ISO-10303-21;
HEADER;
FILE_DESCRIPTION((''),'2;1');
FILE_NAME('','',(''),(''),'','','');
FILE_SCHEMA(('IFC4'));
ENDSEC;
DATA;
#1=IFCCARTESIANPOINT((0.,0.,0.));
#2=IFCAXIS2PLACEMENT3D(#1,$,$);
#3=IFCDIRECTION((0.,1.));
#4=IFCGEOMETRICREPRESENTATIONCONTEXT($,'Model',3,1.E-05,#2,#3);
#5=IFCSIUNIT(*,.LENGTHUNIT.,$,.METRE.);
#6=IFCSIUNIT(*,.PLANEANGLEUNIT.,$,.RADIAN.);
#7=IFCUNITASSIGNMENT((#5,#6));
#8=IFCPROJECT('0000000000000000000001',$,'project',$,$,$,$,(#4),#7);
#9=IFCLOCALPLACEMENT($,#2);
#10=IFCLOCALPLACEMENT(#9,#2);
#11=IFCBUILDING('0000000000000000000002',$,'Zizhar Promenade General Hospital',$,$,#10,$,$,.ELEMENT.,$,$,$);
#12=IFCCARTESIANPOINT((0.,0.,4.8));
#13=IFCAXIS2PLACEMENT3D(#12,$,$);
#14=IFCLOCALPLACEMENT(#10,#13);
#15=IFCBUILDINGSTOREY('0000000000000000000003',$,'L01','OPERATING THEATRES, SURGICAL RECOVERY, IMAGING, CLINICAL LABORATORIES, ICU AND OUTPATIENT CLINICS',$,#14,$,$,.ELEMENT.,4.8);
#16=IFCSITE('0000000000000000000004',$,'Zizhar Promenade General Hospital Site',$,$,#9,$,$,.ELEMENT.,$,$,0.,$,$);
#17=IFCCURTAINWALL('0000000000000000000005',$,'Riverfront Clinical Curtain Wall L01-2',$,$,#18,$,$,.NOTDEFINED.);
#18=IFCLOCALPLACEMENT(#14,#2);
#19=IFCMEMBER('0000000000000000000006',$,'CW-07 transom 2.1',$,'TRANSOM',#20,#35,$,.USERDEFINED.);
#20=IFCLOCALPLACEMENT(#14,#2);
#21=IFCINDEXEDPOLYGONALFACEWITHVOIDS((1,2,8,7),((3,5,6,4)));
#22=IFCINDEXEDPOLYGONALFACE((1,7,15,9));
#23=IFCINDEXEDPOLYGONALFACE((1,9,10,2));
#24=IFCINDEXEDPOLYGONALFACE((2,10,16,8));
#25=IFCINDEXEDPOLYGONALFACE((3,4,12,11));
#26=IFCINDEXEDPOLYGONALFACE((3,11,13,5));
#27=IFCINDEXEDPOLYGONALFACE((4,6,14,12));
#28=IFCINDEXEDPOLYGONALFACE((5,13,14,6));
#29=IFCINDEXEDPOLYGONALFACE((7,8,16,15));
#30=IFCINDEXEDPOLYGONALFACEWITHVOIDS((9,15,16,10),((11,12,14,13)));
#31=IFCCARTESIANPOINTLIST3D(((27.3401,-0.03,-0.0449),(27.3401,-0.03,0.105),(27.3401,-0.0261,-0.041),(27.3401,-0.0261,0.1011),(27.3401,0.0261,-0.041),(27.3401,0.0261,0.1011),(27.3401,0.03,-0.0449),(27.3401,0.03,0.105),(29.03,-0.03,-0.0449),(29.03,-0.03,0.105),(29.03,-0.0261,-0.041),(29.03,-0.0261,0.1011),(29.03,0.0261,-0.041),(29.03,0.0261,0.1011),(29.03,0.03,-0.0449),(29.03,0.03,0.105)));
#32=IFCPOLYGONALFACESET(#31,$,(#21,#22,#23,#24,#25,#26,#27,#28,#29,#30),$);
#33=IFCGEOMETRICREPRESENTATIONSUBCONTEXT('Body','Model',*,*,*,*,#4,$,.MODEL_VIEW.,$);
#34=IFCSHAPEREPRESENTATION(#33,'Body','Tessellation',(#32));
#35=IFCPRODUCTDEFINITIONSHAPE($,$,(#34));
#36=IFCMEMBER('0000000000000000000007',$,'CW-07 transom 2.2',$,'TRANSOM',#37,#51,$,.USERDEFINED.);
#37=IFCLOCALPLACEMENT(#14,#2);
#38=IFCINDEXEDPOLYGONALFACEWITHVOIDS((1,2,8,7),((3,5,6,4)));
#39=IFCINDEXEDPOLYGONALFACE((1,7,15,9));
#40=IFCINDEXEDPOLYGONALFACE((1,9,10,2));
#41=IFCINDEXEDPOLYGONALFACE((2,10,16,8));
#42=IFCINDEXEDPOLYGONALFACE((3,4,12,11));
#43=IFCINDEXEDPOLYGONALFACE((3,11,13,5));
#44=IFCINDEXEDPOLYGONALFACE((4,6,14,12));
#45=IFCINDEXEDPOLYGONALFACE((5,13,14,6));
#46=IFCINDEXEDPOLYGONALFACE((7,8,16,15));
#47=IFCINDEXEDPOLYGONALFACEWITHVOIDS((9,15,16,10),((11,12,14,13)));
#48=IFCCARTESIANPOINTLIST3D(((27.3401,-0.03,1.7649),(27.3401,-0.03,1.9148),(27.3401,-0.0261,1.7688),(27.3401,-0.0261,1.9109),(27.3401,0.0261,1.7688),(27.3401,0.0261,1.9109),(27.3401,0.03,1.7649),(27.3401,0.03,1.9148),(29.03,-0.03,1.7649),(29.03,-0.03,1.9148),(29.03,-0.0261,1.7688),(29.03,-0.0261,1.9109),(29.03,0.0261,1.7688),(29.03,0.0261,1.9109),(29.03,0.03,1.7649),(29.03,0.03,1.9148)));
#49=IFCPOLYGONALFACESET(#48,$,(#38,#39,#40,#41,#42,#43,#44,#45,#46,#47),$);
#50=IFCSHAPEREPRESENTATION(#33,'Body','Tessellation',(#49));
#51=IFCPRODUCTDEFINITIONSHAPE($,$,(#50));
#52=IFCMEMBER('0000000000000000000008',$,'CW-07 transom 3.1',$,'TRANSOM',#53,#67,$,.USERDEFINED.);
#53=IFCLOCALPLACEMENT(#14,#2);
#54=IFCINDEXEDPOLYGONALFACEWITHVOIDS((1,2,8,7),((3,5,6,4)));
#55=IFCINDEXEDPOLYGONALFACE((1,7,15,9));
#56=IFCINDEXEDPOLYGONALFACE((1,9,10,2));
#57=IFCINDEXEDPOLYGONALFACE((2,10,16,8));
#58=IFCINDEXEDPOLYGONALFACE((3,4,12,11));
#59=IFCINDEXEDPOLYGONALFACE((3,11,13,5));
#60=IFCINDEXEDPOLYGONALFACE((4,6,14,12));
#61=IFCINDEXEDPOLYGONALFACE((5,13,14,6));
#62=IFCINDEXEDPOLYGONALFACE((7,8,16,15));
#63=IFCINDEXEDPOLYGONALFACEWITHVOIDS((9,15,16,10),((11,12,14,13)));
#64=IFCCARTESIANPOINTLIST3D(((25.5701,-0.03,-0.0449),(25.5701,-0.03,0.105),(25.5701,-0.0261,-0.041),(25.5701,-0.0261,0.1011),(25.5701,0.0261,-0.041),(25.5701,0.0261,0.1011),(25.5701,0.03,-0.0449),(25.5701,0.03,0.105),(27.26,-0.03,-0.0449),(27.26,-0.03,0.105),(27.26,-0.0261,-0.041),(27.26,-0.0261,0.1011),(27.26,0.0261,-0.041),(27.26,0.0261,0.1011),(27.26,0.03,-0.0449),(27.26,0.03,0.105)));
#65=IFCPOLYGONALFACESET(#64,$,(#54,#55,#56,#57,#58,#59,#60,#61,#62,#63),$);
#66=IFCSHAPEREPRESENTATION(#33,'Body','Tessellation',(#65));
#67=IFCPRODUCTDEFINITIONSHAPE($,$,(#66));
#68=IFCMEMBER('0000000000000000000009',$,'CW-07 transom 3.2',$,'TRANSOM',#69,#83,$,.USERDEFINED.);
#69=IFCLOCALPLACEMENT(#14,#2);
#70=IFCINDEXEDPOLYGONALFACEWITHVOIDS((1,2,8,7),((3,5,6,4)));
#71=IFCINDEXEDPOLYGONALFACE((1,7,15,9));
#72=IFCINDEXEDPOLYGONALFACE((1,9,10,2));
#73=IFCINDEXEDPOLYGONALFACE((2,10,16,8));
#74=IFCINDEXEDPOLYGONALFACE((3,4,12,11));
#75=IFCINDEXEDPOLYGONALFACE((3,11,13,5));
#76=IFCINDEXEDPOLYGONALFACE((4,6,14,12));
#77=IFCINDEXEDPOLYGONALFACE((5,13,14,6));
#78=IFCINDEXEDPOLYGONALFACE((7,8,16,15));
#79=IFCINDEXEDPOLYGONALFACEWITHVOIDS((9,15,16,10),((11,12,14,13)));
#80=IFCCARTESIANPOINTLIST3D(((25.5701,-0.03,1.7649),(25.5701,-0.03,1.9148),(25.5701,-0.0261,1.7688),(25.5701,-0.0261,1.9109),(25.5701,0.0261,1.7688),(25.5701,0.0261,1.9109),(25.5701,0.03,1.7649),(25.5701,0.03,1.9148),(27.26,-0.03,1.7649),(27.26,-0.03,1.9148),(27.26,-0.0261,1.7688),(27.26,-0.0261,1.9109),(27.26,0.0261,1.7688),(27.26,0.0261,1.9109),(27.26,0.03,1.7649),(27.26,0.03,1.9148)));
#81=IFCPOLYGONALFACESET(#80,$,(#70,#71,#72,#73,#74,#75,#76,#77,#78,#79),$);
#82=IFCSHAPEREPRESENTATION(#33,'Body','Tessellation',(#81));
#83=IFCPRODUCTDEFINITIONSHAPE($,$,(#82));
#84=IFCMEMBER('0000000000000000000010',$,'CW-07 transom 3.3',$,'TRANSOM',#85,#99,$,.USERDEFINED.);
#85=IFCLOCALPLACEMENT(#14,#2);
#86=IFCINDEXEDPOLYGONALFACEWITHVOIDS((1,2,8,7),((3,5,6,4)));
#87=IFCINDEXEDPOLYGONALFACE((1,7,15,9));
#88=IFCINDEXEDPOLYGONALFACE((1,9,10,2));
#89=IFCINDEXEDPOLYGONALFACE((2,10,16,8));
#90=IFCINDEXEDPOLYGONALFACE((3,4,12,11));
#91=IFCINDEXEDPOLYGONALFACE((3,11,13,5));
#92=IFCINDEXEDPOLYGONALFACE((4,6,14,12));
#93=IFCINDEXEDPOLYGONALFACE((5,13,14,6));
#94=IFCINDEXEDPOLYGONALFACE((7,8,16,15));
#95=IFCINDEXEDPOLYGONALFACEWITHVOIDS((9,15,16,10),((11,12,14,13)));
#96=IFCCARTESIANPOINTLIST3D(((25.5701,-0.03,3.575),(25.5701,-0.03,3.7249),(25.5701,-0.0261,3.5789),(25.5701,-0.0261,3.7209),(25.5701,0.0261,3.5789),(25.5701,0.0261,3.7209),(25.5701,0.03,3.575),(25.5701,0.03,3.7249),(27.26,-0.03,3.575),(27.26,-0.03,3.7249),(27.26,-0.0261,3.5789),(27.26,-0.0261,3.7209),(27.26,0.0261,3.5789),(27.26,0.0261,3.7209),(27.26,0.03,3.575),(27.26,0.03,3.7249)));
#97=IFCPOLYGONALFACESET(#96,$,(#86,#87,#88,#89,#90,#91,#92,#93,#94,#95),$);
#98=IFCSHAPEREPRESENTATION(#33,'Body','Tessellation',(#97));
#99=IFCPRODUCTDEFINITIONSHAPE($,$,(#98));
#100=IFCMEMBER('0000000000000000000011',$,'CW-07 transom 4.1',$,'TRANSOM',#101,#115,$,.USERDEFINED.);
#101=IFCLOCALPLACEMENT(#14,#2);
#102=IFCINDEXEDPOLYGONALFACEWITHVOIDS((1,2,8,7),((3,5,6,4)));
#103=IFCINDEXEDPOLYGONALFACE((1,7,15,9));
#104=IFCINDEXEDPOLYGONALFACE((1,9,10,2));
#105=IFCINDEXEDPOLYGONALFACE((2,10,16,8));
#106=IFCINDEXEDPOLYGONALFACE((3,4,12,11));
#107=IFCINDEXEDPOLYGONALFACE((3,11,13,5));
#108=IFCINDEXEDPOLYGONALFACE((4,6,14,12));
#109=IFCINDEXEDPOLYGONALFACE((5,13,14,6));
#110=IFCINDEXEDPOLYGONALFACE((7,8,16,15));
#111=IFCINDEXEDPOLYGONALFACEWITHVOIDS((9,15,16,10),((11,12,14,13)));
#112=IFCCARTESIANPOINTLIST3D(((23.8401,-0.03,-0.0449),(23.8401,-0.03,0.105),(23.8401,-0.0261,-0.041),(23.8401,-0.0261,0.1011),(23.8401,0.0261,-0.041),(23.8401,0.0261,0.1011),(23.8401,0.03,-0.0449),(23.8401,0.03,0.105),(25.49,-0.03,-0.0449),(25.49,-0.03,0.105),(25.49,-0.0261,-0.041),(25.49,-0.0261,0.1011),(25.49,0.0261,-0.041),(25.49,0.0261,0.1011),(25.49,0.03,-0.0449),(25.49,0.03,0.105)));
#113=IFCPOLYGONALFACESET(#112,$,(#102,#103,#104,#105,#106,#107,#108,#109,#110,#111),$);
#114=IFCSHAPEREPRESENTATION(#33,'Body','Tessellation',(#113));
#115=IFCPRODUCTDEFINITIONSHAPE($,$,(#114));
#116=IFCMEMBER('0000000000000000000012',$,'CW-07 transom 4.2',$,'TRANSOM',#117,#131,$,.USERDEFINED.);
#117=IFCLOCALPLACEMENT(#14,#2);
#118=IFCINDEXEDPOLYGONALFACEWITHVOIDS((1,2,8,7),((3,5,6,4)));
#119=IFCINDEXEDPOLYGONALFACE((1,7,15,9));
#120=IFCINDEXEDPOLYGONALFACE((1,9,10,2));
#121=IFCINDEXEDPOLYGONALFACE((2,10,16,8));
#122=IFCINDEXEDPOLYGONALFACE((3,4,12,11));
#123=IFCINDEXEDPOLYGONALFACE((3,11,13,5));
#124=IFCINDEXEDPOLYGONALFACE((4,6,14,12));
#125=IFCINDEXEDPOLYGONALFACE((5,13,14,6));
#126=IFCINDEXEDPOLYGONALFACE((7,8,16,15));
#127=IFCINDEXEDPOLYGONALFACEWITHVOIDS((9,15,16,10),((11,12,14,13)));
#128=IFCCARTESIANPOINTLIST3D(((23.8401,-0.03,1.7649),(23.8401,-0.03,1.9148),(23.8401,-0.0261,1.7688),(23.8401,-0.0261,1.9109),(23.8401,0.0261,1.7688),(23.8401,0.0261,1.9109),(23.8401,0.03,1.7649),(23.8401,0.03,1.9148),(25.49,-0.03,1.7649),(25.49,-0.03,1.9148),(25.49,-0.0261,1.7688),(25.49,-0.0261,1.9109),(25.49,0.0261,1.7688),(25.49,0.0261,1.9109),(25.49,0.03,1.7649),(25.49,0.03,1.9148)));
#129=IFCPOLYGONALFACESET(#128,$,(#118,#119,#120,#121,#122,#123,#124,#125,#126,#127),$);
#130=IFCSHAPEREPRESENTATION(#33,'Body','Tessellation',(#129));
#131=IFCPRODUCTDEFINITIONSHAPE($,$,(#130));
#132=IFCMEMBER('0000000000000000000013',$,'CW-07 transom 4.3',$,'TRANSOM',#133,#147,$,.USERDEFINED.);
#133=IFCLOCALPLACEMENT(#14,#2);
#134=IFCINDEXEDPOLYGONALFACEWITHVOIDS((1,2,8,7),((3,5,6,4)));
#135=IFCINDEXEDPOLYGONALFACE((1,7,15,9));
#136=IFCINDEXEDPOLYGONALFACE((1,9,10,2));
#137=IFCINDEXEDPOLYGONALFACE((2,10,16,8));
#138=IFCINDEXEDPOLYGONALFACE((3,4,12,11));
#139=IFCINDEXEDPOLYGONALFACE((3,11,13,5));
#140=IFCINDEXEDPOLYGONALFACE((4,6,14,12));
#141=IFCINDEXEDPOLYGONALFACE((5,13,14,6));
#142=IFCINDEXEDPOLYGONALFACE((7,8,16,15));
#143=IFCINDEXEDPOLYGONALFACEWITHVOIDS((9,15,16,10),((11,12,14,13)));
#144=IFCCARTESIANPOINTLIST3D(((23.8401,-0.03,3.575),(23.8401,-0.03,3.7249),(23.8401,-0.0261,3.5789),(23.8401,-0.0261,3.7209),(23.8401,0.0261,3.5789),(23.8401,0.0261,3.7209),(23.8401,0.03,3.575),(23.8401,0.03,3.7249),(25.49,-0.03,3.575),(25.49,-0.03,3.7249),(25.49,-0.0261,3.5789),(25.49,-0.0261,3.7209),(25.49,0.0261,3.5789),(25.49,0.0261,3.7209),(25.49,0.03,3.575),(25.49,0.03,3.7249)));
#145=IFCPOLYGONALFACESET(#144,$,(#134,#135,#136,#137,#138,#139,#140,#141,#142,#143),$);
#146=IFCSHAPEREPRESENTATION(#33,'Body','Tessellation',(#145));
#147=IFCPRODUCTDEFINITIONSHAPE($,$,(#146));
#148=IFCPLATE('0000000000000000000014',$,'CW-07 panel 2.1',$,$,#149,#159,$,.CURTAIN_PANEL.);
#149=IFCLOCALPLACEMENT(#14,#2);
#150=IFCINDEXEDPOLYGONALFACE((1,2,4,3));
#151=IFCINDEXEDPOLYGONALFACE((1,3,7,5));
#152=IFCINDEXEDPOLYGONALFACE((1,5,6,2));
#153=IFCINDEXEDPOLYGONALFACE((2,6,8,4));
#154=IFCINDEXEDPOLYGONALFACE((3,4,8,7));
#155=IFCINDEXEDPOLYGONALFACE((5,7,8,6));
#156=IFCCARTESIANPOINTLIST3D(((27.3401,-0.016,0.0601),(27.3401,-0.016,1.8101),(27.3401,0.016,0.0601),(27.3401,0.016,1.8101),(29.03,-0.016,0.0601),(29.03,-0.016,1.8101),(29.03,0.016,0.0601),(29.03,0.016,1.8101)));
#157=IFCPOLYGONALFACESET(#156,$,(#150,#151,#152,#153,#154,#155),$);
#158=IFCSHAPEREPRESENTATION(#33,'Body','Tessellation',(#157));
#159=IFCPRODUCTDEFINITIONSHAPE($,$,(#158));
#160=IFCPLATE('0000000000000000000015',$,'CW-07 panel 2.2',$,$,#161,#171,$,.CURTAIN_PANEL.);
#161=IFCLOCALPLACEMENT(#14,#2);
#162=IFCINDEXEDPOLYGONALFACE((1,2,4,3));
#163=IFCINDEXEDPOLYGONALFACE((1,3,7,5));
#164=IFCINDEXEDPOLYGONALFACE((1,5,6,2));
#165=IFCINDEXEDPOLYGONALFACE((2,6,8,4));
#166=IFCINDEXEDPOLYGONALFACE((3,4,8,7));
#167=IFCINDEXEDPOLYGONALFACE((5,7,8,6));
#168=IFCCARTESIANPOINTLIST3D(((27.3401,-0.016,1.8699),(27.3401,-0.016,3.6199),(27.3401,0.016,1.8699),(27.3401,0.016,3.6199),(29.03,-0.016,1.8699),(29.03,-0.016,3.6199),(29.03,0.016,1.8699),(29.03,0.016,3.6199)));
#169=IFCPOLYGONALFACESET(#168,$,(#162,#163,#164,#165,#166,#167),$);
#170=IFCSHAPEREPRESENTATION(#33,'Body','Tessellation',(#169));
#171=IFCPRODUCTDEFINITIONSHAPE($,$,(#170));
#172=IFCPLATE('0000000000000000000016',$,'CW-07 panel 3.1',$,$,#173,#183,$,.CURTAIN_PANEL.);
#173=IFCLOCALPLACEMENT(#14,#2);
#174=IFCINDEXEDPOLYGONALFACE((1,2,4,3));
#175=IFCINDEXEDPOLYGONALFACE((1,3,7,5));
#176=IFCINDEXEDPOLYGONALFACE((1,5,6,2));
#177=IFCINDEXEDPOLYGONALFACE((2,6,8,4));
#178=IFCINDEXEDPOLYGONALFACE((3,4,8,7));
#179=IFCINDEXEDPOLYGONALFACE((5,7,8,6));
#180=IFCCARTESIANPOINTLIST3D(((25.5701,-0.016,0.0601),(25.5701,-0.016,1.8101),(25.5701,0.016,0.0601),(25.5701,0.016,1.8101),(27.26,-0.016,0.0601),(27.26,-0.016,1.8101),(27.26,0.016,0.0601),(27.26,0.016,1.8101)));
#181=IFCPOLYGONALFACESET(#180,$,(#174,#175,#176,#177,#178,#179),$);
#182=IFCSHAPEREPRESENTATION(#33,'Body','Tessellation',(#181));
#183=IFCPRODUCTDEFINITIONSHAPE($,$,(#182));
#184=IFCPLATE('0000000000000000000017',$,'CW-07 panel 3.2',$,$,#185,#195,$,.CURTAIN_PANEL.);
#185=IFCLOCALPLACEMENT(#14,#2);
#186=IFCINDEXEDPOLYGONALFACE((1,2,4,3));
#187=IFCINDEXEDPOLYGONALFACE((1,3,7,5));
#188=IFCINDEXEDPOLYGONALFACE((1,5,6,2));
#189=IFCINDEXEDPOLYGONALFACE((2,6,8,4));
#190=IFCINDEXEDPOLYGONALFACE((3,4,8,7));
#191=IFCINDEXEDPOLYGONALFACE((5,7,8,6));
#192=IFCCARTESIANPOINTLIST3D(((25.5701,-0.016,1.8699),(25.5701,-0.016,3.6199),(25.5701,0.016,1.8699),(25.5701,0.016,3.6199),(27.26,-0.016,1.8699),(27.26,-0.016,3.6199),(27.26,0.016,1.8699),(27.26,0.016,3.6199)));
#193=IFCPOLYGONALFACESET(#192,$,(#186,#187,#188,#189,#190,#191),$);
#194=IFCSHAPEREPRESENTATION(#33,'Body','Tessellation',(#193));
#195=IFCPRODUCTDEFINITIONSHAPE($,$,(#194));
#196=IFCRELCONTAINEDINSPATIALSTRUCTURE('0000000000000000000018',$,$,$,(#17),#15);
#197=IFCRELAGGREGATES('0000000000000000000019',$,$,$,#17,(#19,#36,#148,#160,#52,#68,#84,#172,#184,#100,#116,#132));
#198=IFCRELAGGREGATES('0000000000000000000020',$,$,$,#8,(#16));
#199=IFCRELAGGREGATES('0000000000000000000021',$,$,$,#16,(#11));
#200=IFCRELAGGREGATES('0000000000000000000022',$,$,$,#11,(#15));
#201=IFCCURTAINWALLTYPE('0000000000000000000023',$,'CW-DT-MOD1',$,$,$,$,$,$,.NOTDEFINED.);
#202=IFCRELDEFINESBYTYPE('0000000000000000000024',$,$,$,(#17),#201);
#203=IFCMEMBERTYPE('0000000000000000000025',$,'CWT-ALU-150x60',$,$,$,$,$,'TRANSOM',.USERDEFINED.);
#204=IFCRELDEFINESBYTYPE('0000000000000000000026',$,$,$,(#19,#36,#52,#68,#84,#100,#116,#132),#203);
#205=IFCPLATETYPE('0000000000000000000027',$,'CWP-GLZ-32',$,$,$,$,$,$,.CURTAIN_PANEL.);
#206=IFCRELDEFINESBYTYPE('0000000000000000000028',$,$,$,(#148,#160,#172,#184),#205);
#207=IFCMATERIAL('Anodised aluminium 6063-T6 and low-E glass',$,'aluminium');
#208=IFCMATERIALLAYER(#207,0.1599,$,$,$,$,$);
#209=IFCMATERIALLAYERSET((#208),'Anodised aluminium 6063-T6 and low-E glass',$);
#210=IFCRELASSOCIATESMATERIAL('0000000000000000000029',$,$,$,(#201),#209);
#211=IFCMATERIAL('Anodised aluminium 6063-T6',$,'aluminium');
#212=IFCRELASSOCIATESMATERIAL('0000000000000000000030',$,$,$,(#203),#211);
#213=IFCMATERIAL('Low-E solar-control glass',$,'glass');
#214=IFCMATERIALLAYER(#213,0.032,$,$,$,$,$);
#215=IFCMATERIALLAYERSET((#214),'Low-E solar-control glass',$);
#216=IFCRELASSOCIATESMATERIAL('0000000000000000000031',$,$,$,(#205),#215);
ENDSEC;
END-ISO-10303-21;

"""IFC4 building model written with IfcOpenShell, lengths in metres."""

from ifc_helpers import new_model, si_unit, direction, frame, origin, origin_2d, place, context, subcontext, project, spatial, rectangle, hollow_rectangle, extrude, material, layer, layer_set, material_profile, profile_set, type_object, element, aggregate, save


model = new_model("IFC4")

# Units and contexts
model_context = context("Model", 3, precision=1e-05, world=origin(), true_north=direction((0.0, 1.0)))
body_context = subcontext(model_context, "Body", "Model", "MODEL_VIEW")
ifc_project = project(units=[si_unit("LENGTHUNIT", "METRE"), si_unit("PLANEANGLEUNIT", "RADIAN")], contexts=[model_context])

# Site, building, storey
site_placement = place(None, origin())
site = spatial("IfcSite", under=ifc_project, at=site_placement, Name="Zizhar Promenade General Hospital Site", CompositionType="ELEMENT", RefElevation=0.0)
building_placement = place(site_placement, origin())
building = spatial("IfcBuilding", under=site, at=building_placement, Name="Zizhar Promenade General Hospital", CompositionType="ELEMENT")
storey_placement = place(building_placement, frame((0.0, 0.0, 4.8)))
storey = spatial("IfcBuildingStorey", under=building, at=storey_placement, Name="L01", Description="OPERATING THEATRES, SURGICAL RECOVERY, IMAGING, CLINICAL LABORATORIES, ICU AND OUTPATIENT CLINICS", CompositionType="ELEMENT", Elevation=4.8)

# Curtain wall, members, plates
ifc_material_1 = material(Name="Anodised aluminium 6063-T6 and low-E glass", Category="aluminium")
ifc_layer_1 = layer(ifc_material_1, 0.1599)
ifc_layer_set_1 = layer_set([ifc_layer_1], Name="Anodised aluminium 6063-T6 and low-E glass")
curtain_wall_type = type_object("IfcCurtainWallType", Name="CW-DT-MOD1", PredefinedType="NOTDEFINED", material=ifc_layer_set_1)
curtain_wall_placement = place(storey_placement, origin())
curtain_wall = element("IfcCurtainWall", 1, at=curtain_wall_placement, inside=storey, type_object=curtain_wall_type, Name="Riverfront Clinical Curtain Wall L01-2", PredefinedType="NOTDEFINED")
ifc_material_2 = material(Name="Anodised aluminium 6063-T6", Category="aluminium")
ifc_material_profile_1 = material_profile(ifc_material_2, hollow_rectangle(XDim=0.0601, YDim=0.1499, WallThickness=0.0039, at=origin_2d()))
ifc_profile_set_1 = profile_set([ifc_material_profile_1], Name="Anodised aluminium 6063-T6")
member_type_1 = type_object("IfcMemberType", Name="CWT-ALU-150x60", ElementType="TRANSOM", PredefinedType="USERDEFINED", material=ifc_profile_set_1)
member_1_placement = place(storey_placement, frame((29.03, 0.0, 0.03), z_axis=(-1.0, 0.0, 0.0), x_axis=(0.0, -1.0, 0.0)))
member_1 = element("IfcMember", 2, at=member_1_placement, type_object=member_type_1, Name="CW-07 transom 2.1", ObjectType="TRANSOM", PredefinedType="USERDEFINED", context=body_context, shape_type="SweptSolid", body=[
    extrude(hollow_rectangle(XDim=0.0601, YDim=0.1499, WallThickness=0.0039, at=origin_2d()), origin(), (0.0, 0.0, 1.0), 1.6899),
])
member_2_placement = place(storey_placement, frame((29.03, 0.0, 1.8398), z_axis=(-1.0, 0.0, 0.0), x_axis=(0.0, -1.0, 0.0)))
member_2 = element("IfcMember", 3, at=member_2_placement, type_object=member_type_1, Name="CW-07 transom 2.2", ObjectType="TRANSOM", PredefinedType="USERDEFINED", context=body_context, shape_type="SweptSolid", body=[
    extrude(hollow_rectangle(XDim=0.0601, YDim=0.1499, WallThickness=0.0039, at=origin_2d()), origin(), (0.0, 0.0, 1.0), 1.6899),
])
member_3_placement = place(storey_placement, frame((27.26, 0.0, 0.03), z_axis=(-1.0, 0.0, 0.0), x_axis=(0.0, -1.0, 0.0)))
member_3 = element("IfcMember", 4, at=member_3_placement, type_object=member_type_1, Name="CW-07 transom 3.1", ObjectType="TRANSOM", PredefinedType="USERDEFINED", context=body_context, shape_type="SweptSolid", body=[
    extrude(hollow_rectangle(XDim=0.0601, YDim=0.1499, WallThickness=0.0039, at=origin_2d()), origin(), (0.0, 0.0, 1.0), 1.6899),
])
member_4_placement = place(storey_placement, frame((27.26, 0.0, 1.8398), z_axis=(-1.0, 0.0, 0.0), x_axis=(0.0, -1.0, 0.0)))
member_4 = element("IfcMember", 5, at=member_4_placement, type_object=member_type_1, Name="CW-07 transom 3.2", ObjectType="TRANSOM", PredefinedType="USERDEFINED", context=body_context, shape_type="SweptSolid", body=[
    extrude(hollow_rectangle(XDim=0.0601, YDim=0.1499, WallThickness=0.0039, at=origin_2d()), origin(), (0.0, 0.0, 1.0), 1.6899),
])
member_5_placement = place(storey_placement, frame((27.26, 0.0, 3.6499), z_axis=(-1.0, 0.0, 0.0), x_axis=(0.0, -1.0, 0.0)))
member_5 = element("IfcMember", 6, at=member_5_placement, type_object=member_type_1, Name="CW-07 transom 3.3", ObjectType="TRANSOM", PredefinedType="USERDEFINED", context=body_context, shape_type="SweptSolid", body=[
    extrude(hollow_rectangle(XDim=0.0601, YDim=0.1499, WallThickness=0.0039, at=origin_2d()), origin(), (0.0, 0.0, 1.0), 1.6899),
])
member_6_placement = place(storey_placement, frame((25.49, 0.0, 0.03), z_axis=(-1.0, 0.0, 0.0), x_axis=(0.0, -1.0, 0.0)))
member_6 = element("IfcMember", 7, at=member_6_placement, type_object=member_type_1, Name="CW-07 transom 4.1", ObjectType="TRANSOM", PredefinedType="USERDEFINED", context=body_context, shape_type="SweptSolid", body=[
    extrude(hollow_rectangle(XDim=0.0601, YDim=0.1499, WallThickness=0.0039, at=origin_2d()), origin(), (0.0, 0.0, 1.0), 1.6499),
])
member_7_placement = place(storey_placement, frame((25.49, 0.0, 1.8398), z_axis=(-1.0, 0.0, 0.0), x_axis=(0.0, -1.0, 0.0)))
member_7 = element("IfcMember", 8, at=member_7_placement, type_object=member_type_1, Name="CW-07 transom 4.2", ObjectType="TRANSOM", PredefinedType="USERDEFINED", context=body_context, shape_type="SweptSolid", body=[
    extrude(hollow_rectangle(XDim=0.0601, YDim=0.1499, WallThickness=0.0039, at=origin_2d()), origin(), (0.0, 0.0, 1.0), 1.6499),
])
member_8_placement = place(storey_placement, frame((25.49, 0.0, 3.6499), z_axis=(-1.0, 0.0, 0.0), x_axis=(0.0, -1.0, 0.0)))
member_8 = element("IfcMember", 9, at=member_8_placement, type_object=member_type_1, Name="CW-07 transom 4.3", ObjectType="TRANSOM", PredefinedType="USERDEFINED", context=body_context, shape_type="SweptSolid", body=[
    extrude(hollow_rectangle(XDim=0.0601, YDim=0.1499, WallThickness=0.0039, at=origin_2d()), origin(), (0.0, 0.0, 1.0), 1.6499),
])
ifc_material_3 = material(Name="Low-E solar-control glass", Category="glass")
ifc_layer_2 = layer(ifc_material_3, 0.032)
ifc_layer_set_2 = layer_set([ifc_layer_2], Name="Low-E solar-control glass")
plate_type = type_object("IfcPlateType", Name="CWP-GLZ-32", PredefinedType="CURTAIN_PANEL", material=ifc_layer_set_2)
plate_1_placement = place(storey_placement, frame((28.1851, 0.0, 0.0601), z_axis=(0.0, 0.0, 1.0), x_axis=(-1.0, 0.0, 0.0)))
plate_1 = element("IfcPlate", 10, at=plate_1_placement, type_object=plate_type, Name="CW-07 panel 2.1", PredefinedType="CURTAIN_PANEL", context=body_context, shape_type="SweptSolid", body=[
    extrude(rectangle(XDim=1.6899, YDim=0.032, at=origin_2d()), origin(), (0.0, 0.0, 1.0), 1.75),
])
plate_2_placement = place(storey_placement, frame((28.1851, 0.0, 1.8699), z_axis=(0.0, 0.0, 1.0), x_axis=(-1.0, 0.0, 0.0)))
plate_2 = element("IfcPlate", 11, at=plate_2_placement, type_object=plate_type, Name="CW-07 panel 2.2", PredefinedType="CURTAIN_PANEL", context=body_context, shape_type="SweptSolid", body=[
    extrude(rectangle(XDim=1.6899, YDim=0.032, at=origin_2d()), origin(), (0.0, 0.0, 1.0), 1.75),
])
plate_3_placement = place(storey_placement, frame((26.415, 0.0, 0.0601), z_axis=(0.0, 0.0, 1.0), x_axis=(-1.0, 0.0, 0.0)))
plate_3 = element("IfcPlate", 12, at=plate_3_placement, type_object=plate_type, Name="CW-07 panel 3.1", PredefinedType="CURTAIN_PANEL", context=body_context, shape_type="SweptSolid", body=[
    extrude(rectangle(XDim=1.6899, YDim=0.032, at=origin_2d()), origin(), (0.0, 0.0, 1.0), 1.75),
])
plate_4_placement = place(storey_placement, frame((26.415, 0.0, 1.8699), z_axis=(0.0, 0.0, 1.0), x_axis=(-1.0, 0.0, 0.0)))
plate_4 = element("IfcPlate", 13, at=plate_4_placement, type_object=plate_type, Name="CW-07 panel 3.2", PredefinedType="CURTAIN_PANEL", context=body_context, shape_type="SweptSolid", body=[
    extrude(rectangle(XDim=1.6899, YDim=0.032, at=origin_2d()), origin(), (0.0, 0.0, 1.0), 1.75),
])
aggregate(curtain_wall, [member_1, member_2, plate_1, plate_2, member_3, member_4, member_5, plate_3, plate_4, member_6, member_7, member_8])

save(model, "model.ifc")
